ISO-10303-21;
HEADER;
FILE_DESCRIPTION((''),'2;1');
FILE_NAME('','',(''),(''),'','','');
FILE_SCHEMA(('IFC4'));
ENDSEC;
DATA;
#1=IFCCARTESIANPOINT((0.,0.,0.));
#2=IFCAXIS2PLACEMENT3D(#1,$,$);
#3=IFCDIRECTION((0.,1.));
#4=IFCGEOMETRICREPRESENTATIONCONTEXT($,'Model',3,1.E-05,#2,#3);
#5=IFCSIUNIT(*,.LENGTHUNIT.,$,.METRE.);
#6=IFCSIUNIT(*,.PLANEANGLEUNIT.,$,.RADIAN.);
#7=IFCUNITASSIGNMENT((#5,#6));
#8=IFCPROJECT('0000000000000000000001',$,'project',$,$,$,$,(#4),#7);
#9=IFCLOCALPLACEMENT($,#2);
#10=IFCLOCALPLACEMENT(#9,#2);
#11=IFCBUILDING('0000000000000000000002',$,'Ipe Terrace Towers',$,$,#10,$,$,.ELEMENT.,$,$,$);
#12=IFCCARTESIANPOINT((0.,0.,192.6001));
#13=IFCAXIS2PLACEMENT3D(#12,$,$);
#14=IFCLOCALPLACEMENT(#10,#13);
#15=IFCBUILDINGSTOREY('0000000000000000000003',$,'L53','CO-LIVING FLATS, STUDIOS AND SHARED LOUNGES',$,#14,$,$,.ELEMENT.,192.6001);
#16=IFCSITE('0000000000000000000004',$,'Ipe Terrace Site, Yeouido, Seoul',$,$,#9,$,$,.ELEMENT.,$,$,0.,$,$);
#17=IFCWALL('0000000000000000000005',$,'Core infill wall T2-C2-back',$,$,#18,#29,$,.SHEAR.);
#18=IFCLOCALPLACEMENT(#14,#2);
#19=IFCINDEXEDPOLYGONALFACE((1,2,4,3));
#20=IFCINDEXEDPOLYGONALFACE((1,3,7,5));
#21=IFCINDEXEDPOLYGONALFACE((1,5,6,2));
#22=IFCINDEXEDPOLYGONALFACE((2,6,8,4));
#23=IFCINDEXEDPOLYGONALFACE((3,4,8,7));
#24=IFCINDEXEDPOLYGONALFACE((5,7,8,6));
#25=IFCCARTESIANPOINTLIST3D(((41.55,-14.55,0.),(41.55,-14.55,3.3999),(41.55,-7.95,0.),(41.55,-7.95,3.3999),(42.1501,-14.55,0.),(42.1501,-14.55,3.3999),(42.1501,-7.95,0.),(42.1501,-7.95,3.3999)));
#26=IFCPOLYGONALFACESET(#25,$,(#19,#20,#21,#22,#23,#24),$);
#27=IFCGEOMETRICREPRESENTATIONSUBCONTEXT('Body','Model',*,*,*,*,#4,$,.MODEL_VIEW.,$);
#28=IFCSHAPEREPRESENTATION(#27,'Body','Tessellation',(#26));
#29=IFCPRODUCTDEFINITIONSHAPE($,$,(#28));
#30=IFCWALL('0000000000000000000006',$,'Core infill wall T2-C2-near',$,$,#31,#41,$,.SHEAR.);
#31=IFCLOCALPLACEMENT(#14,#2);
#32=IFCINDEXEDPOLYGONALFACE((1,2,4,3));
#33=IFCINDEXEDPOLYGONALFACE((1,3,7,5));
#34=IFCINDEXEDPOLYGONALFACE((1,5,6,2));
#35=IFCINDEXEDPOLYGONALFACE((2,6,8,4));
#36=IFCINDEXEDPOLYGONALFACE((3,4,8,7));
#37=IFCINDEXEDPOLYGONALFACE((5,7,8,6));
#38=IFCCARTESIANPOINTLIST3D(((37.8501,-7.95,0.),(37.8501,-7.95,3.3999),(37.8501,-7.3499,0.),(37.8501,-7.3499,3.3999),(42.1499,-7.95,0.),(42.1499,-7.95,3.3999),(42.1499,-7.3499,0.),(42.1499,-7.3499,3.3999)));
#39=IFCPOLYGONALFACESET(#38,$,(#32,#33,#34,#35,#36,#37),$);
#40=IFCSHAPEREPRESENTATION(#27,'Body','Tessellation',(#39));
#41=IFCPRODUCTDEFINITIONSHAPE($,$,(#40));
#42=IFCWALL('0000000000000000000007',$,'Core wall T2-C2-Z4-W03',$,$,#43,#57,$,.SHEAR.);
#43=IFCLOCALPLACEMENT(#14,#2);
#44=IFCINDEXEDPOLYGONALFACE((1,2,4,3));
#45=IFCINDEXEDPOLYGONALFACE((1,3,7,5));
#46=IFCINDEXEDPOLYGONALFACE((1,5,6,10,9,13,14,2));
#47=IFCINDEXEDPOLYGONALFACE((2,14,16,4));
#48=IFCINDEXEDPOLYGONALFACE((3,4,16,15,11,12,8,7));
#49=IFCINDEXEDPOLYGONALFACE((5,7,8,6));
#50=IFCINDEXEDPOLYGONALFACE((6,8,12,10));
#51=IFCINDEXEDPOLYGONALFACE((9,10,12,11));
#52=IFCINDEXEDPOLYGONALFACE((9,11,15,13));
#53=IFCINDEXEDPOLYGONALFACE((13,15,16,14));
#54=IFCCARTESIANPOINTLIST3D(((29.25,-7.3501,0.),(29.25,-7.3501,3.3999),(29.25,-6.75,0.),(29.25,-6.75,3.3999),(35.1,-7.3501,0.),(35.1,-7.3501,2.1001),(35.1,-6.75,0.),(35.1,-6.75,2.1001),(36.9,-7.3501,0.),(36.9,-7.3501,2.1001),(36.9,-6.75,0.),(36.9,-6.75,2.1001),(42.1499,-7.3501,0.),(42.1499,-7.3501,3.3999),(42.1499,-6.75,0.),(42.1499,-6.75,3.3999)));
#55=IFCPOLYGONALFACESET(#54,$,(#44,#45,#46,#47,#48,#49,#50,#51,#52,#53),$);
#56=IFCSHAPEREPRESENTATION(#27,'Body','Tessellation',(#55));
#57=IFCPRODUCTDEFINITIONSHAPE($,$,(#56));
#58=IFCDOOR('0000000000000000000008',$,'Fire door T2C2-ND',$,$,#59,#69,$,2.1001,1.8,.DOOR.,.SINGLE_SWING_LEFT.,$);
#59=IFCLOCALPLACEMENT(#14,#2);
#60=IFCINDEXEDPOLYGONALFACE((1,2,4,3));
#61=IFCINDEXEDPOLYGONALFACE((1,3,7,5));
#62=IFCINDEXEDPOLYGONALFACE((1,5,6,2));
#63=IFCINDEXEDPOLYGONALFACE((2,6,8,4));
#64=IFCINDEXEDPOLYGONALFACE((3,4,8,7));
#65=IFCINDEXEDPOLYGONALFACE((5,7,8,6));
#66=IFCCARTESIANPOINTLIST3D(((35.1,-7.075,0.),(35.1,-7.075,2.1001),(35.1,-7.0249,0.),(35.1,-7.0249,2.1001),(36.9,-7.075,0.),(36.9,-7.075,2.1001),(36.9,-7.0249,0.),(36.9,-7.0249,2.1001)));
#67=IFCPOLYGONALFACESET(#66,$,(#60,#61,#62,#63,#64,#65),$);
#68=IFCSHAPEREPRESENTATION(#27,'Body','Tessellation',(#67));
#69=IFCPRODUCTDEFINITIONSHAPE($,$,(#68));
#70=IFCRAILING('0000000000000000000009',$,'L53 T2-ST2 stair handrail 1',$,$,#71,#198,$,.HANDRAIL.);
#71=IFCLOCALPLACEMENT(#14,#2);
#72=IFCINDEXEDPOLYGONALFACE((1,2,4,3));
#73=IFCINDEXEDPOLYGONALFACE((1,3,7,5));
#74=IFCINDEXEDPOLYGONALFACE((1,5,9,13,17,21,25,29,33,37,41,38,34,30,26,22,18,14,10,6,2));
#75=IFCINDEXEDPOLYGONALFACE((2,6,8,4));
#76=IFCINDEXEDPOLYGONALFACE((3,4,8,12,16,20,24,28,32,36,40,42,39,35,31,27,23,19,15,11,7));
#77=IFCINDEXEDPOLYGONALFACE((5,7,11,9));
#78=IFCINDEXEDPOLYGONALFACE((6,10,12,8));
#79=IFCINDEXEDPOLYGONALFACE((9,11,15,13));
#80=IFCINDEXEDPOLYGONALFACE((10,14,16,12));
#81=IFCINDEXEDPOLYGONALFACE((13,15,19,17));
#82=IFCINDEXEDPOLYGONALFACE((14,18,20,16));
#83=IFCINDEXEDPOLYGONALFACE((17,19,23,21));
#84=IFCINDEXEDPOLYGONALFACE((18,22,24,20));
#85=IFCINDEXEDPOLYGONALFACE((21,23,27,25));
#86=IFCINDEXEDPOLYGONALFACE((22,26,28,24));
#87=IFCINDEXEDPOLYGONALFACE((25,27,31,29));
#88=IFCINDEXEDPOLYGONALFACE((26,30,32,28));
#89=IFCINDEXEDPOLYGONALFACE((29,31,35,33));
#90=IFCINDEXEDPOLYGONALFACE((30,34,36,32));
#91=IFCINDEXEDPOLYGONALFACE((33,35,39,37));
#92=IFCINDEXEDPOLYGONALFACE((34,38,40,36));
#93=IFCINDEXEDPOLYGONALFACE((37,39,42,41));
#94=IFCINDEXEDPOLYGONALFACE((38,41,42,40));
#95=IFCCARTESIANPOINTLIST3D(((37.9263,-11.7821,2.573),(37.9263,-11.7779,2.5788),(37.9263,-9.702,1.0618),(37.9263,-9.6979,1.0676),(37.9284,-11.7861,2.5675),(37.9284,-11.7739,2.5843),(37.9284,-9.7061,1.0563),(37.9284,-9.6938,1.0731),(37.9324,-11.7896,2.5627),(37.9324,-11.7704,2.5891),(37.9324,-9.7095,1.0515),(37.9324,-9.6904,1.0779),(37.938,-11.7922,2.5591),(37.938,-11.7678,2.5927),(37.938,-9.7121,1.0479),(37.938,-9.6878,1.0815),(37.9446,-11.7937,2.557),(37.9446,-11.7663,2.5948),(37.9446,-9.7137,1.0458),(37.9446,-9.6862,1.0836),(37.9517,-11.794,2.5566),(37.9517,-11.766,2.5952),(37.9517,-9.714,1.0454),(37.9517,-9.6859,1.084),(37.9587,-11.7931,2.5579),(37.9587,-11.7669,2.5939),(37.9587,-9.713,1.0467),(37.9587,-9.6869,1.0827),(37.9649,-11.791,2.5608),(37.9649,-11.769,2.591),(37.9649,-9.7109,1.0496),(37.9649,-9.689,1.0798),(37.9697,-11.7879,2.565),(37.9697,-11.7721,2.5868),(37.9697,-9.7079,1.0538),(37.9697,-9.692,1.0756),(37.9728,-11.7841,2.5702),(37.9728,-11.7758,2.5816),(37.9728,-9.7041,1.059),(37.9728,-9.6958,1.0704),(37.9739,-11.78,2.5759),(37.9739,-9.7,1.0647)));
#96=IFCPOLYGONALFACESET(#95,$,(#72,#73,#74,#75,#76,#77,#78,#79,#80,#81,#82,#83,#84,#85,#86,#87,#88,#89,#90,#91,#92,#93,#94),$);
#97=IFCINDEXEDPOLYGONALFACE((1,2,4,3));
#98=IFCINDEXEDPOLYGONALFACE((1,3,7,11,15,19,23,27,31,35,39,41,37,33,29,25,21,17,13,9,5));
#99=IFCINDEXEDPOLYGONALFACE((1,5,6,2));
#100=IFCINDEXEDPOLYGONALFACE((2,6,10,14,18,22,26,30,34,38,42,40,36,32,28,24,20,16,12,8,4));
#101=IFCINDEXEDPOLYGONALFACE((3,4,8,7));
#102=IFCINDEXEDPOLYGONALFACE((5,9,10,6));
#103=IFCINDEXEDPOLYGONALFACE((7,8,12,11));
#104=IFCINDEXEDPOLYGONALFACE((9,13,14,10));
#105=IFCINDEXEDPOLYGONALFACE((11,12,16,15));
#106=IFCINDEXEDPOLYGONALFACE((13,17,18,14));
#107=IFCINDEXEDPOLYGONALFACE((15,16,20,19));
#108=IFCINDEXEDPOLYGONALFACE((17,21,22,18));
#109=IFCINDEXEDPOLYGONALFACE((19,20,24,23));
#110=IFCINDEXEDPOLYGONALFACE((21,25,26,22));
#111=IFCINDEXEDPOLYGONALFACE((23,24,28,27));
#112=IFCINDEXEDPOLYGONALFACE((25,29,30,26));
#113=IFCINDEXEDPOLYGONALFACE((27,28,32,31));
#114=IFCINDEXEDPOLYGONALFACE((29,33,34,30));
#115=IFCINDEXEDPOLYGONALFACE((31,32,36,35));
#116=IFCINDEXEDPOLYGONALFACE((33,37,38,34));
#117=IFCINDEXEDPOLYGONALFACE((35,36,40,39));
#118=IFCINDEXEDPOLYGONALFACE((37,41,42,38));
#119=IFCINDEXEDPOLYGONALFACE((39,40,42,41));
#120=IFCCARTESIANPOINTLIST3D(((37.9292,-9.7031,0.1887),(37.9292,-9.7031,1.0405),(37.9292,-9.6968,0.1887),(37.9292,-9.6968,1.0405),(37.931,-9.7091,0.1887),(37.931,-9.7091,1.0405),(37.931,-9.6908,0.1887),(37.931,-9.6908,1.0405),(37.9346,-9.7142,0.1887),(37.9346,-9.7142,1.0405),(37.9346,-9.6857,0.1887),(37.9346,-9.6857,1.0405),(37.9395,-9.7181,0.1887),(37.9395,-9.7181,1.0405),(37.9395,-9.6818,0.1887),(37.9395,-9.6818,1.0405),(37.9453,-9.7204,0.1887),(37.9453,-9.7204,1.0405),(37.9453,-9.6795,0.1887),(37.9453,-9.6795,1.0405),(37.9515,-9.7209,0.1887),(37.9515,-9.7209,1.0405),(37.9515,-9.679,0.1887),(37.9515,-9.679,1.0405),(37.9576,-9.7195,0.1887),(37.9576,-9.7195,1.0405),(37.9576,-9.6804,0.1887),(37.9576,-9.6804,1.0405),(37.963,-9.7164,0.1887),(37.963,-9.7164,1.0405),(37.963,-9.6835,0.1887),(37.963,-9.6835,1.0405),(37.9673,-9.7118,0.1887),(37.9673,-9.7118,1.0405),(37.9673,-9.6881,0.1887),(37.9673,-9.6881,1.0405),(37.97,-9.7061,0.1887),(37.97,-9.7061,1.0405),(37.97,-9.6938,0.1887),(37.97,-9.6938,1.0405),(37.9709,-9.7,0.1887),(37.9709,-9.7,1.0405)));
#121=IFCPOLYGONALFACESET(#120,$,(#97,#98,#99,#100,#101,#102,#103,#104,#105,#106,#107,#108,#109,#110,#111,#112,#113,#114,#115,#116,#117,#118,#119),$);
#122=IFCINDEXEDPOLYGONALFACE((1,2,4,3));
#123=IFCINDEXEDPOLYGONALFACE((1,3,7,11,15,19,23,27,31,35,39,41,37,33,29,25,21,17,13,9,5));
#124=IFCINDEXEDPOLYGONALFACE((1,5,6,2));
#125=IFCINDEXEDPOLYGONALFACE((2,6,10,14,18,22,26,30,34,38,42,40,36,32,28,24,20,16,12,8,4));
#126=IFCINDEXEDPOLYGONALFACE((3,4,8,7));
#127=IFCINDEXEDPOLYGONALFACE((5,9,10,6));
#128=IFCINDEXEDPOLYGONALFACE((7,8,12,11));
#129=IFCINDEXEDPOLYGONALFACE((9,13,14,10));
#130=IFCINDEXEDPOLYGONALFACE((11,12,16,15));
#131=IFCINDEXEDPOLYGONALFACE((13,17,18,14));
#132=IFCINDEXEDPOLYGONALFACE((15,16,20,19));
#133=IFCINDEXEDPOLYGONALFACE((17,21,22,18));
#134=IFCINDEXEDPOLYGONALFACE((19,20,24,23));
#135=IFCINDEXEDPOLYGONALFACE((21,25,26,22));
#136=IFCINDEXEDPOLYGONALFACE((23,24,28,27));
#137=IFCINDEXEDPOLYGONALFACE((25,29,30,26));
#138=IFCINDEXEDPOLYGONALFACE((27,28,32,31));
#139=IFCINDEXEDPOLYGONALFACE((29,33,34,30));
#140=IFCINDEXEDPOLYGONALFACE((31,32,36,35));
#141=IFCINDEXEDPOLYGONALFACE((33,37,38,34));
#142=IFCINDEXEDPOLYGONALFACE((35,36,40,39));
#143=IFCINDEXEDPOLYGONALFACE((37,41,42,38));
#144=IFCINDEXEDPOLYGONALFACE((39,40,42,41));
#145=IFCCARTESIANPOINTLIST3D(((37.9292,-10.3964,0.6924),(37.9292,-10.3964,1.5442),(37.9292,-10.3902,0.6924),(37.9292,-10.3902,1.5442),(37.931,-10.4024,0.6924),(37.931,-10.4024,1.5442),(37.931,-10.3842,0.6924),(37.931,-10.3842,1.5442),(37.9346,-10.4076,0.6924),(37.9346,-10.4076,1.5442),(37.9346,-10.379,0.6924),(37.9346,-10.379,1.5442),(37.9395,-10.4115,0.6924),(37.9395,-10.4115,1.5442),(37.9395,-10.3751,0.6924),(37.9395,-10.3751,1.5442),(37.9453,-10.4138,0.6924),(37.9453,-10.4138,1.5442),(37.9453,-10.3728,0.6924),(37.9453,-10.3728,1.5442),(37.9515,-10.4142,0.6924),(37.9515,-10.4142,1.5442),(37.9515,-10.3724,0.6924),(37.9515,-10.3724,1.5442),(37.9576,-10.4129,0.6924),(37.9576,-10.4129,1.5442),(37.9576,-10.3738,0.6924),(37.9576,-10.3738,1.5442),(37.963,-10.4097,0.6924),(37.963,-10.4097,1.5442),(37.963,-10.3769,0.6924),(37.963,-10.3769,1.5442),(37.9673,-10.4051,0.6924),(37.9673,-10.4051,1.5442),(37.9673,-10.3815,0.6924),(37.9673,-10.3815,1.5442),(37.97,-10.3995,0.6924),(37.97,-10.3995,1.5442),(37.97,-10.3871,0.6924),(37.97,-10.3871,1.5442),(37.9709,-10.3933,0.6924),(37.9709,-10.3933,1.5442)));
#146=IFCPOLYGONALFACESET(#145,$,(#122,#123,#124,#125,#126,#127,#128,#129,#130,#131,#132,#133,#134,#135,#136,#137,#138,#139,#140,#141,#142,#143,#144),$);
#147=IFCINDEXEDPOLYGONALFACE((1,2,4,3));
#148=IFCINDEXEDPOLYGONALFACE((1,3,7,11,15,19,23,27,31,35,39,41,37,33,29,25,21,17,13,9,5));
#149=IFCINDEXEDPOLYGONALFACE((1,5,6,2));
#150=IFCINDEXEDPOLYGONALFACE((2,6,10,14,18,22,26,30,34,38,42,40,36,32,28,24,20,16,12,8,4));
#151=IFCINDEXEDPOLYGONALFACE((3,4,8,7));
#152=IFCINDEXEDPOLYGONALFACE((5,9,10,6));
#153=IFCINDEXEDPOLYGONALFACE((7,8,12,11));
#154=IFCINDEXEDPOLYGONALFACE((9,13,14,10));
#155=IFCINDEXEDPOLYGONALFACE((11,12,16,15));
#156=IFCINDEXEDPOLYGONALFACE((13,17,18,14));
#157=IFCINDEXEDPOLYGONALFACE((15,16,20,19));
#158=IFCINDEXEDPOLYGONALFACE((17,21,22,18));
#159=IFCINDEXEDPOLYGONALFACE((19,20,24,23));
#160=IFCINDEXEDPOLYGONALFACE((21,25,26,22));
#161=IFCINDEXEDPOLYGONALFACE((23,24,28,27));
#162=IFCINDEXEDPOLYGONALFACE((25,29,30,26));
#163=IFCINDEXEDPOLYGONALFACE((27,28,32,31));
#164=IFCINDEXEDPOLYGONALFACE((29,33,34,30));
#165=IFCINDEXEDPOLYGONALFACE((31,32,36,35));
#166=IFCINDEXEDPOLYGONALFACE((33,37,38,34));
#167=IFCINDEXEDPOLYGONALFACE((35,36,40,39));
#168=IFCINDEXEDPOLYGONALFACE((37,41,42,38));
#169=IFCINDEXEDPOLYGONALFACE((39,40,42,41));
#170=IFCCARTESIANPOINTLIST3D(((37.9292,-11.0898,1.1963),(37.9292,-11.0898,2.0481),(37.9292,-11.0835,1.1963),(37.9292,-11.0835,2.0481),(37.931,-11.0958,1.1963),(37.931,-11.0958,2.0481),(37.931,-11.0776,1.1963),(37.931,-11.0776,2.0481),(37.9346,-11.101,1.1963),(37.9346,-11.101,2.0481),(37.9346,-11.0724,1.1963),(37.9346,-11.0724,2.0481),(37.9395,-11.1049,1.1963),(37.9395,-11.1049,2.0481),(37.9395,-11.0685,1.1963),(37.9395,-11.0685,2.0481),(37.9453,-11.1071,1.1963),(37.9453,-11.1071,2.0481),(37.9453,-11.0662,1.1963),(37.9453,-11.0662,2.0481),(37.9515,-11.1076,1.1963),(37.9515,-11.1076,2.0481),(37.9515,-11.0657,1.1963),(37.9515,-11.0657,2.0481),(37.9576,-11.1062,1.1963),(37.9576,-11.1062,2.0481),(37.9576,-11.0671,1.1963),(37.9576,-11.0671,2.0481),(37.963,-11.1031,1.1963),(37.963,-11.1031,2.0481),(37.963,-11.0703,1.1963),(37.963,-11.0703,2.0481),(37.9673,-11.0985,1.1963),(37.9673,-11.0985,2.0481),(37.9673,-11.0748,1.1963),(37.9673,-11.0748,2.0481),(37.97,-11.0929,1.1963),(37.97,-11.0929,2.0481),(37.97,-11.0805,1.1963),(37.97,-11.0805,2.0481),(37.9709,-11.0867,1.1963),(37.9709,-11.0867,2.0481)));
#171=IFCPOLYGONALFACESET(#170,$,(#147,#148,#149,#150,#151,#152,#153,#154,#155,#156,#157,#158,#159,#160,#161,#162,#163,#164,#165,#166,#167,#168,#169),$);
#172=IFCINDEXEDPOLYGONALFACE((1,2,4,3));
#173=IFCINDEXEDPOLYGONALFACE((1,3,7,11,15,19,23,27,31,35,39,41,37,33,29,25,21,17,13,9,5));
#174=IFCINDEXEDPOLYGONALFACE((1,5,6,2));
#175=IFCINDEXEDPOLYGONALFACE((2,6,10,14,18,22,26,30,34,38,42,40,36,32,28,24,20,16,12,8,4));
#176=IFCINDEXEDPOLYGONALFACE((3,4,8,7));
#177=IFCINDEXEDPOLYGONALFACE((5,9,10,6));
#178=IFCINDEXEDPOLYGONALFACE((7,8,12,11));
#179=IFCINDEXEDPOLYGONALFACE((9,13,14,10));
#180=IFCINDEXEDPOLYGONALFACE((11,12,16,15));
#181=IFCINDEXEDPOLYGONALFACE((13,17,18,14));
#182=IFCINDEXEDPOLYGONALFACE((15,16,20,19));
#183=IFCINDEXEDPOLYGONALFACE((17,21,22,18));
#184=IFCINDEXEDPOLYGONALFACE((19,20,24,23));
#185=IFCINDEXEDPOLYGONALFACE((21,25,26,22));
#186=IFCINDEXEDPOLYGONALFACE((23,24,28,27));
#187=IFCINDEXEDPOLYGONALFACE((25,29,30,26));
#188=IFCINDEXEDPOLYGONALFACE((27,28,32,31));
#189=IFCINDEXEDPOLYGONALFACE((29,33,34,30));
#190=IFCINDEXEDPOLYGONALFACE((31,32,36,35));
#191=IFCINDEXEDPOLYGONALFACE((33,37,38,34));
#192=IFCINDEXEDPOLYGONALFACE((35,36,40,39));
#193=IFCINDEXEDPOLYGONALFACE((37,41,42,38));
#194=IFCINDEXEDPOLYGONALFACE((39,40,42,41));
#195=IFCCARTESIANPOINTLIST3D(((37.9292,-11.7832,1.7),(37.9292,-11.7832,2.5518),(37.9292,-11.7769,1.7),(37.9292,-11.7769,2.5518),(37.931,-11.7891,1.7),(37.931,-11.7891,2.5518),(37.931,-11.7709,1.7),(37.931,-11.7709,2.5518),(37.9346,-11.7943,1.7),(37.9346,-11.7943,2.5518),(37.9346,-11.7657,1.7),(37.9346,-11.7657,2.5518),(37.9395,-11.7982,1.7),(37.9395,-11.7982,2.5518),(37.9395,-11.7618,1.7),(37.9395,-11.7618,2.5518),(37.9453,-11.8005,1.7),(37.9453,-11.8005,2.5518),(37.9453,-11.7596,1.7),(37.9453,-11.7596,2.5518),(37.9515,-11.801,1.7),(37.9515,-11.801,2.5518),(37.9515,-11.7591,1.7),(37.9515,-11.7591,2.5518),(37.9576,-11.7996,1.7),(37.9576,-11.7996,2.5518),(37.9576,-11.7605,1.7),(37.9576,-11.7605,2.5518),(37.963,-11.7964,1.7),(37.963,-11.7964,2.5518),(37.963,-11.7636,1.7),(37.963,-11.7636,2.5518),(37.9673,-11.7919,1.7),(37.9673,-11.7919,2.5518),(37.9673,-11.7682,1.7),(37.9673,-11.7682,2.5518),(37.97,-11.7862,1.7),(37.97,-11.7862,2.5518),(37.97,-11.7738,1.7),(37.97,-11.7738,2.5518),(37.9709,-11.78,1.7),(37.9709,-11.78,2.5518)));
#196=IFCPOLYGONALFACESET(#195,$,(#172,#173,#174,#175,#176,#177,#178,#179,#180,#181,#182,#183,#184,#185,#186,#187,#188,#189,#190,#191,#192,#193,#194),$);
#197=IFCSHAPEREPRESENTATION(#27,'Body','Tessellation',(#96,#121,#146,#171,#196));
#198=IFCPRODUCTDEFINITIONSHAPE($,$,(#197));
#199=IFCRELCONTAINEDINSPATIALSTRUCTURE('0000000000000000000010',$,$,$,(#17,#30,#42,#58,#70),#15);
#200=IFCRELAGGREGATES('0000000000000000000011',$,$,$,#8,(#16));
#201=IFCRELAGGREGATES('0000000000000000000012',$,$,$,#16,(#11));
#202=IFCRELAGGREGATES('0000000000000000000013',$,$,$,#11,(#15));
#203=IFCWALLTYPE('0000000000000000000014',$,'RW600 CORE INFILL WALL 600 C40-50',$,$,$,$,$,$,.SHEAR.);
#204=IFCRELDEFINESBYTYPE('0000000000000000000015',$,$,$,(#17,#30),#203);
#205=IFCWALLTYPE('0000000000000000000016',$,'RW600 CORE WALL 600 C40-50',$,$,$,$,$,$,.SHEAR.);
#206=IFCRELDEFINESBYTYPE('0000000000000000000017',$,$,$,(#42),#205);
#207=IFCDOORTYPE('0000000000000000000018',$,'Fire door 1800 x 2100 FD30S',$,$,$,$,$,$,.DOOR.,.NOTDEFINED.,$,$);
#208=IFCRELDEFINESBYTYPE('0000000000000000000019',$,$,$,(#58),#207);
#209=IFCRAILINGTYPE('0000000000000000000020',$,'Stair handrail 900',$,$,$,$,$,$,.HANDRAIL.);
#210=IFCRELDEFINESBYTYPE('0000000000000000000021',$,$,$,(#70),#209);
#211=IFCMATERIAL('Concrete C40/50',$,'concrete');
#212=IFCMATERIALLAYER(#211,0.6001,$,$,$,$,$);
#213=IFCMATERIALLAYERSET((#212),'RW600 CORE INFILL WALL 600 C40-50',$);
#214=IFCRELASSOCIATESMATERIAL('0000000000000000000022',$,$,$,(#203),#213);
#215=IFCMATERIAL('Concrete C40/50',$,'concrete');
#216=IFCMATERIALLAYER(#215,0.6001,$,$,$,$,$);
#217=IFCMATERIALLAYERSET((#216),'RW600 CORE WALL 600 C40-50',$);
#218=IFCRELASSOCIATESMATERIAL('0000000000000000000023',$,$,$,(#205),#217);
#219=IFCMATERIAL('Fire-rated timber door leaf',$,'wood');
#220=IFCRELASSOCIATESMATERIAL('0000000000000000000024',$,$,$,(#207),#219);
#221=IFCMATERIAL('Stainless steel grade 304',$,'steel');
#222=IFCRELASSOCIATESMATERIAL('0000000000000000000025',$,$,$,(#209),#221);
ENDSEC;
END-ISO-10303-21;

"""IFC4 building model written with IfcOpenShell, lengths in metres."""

from ifc_helpers import new_model, si_unit, direction, frame, frame_2d, origin, origin_2d, place, context, subcontext, project, spatial, rectangle, circle, extrude, material, layer, layer_set, type_object, element, fill, save


model = new_model("IFC4")

# Units and contexts
model_context = context("Model", 3, precision=1e-05, world=origin(), true_north=direction((0.0, 1.0)))
body_context = subcontext(model_context, "Body", "Model", "MODEL_VIEW")
ifc_project = project(units=[si_unit("LENGTHUNIT", "METRE"), si_unit("PLANEANGLEUNIT", "RADIAN")], contexts=[model_context])

# Site, building, storey
site_placement = place(None, origin())
site = spatial("IfcSite", under=ifc_project, at=site_placement, Name="Ipe Terrace Site, Yeouido, Seoul", CompositionType="ELEMENT", RefElevation=0.0)
building_placement = place(site_placement, origin())
building = spatial("IfcBuilding", under=site, at=building_placement, Name="Ipe Terrace Towers", CompositionType="ELEMENT")
storey_placement = place(building_placement, frame((0.0, 0.0, 192.6001)))
storey = spatial("IfcBuildingStorey", under=building, at=storey_placement, Name="L53", Description="CO-LIVING FLATS, STUDIOS AND SHARED LOUNGES", CompositionType="ELEMENT", Elevation=192.6001)

# Walls
ifc_material_1 = material(Name="Concrete C40/50", Category="concrete")
ifc_layer_1 = layer(ifc_material_1, 0.6001)
ifc_layer_set_1 = layer_set([ifc_layer_1], Name="RW600 CORE INFILL WALL 600 C40-50")
wall_type_1 = type_object("IfcWallType", Name="RW600 CORE INFILL WALL 600 C40-50", PredefinedType="SHEAR", material=ifc_layer_set_1)
wall_1_placement = place(storey_placement, frame((41.8501, -7.95, 0.0), z_axis=(0.0, 0.0, 1.0), x_axis=(0.0, -1.0, 0.0)))
element("IfcWall", 1, at=wall_1_placement, inside=storey, type_object=wall_type_1, Name="Core infill wall T2-C2-back", PredefinedType="SHEAR", context=body_context, shape_type="SweptSolid", body=[
    extrude(rectangle(XDim=6.6001, YDim=0.6001, at=frame_2d((3.3, 0.0))), origin(), (0.0, 0.0, 1.0), 3.3999),
])
wall_2_placement = place(storey_placement, frame((37.8501, -7.6499, 0.0), z_axis=(0.0, 0.0, 1.0), x_axis=(1.0, 0.0, 0.0)))
element("IfcWall", 2, at=wall_2_placement, inside=storey, type_object=wall_type_1, Name="Core infill wall T2-C2-near", PredefinedType="SHEAR", context=body_context, shape_type="SweptSolid", body=[
    extrude(rectangle(XDim=4.2998, YDim=0.6001, at=frame_2d((2.1499, 0.0))), origin(), (0.0, 0.0, 1.0), 3.3999),
])

# Wall, opening, door
ifc_material_2 = material(Name="Concrete C40/50", Category="concrete")
ifc_layer_2 = layer(ifc_material_2, 0.6001)
ifc_layer_set_2 = layer_set([ifc_layer_2], Name="RW600 CORE WALL 600 C40-50")
wall_type_2 = type_object("IfcWallType", Name="RW600 CORE WALL 600 C40-50", PredefinedType="SHEAR", material=ifc_layer_set_2)
wall_3_placement = place(storey_placement, frame((42.1499, -7.05, 0.0), z_axis=(0.0, 0.0, 1.0), x_axis=(-1.0, 0.0, 0.0)))
wall_3 = element("IfcWall", 3, at=wall_3_placement, inside=storey, type_object=wall_type_2, Name="Core wall T2-C2-Z4-W03", PredefinedType="SHEAR", context=body_context, shape_type="SweptSolid", body=[
    extrude(rectangle(XDim=12.8999, YDim=0.6001, at=frame_2d((6.45, 0.0))), origin(), (0.0, 0.0, 1.0), 3.3999),
])
opening_1_placement = place(wall_3_placement, frame((5.25, 0.0, 0.0)))
opening_1 = element("IfcOpeningElement", 4, at=opening_1_placement, cuts=wall_3, PredefinedType="OPENING", context=body_context, shape_type="SweptSolid", body=[
    extrude(rectangle(XDim=1.8, YDim=2.1001, at=frame_2d((0.8999, 1.05))), frame((0.0, 0.3101, 0.0), z_axis=(0.0, -1.0, 0.0), x_axis=(1.0, 0.0, 0.0)), (0.0, 0.0, 1.0), 0.6201),
])
ifc_material_3 = material(Name="Fire-rated timber door leaf", Category="wood")
door_type_1 = type_object("IfcDoorType", Name="Fire door 1800 x 2100 FD30S", OperationType="NOTDEFINED", PredefinedType="DOOR", material=ifc_material_3)
door_1_placement = place(opening_1_placement, origin())
door_1 = element("IfcDoor", 5, at=door_1_placement, inside=storey, type_object=door_type_1, Name="Fire door T2C2-ND", OperationType="SINGLE_SWING_LEFT", OverallHeight=2.1001, OverallWidth=1.8, PredefinedType="DOOR", context=body_context, shape_type="SweptSolid", body=[
    extrude(rectangle(XDim=1.8, YDim=2.1001, at=frame_2d((0.8999, 1.05))), frame((0.0, 0.0249, 0.0), z_axis=(0.0, -1.0, 0.0), x_axis=(1.0, 0.0, 0.0)), (0.0, 0.0, 1.0), 0.05),
])
fill(opening_1, door_1)

# Railing
ifc_material_4 = material(Name="Stainless steel grade 304", Category="steel")
railing_type_1 = type_object("IfcRailingType", Name="Stair handrail 900", PredefinedType="HANDRAIL", material=ifc_material_4)
railing_1_placement = place(storey_placement, frame((37.95, -9.7, 0.1887)))
element("IfcRailing", 6, at=railing_1_placement, inside=storey, type_object=railing_type_1, Name="L53 T2-ST2 stair handrail 1", PredefinedType="HANDRAIL", context=body_context, shape_type="SweptSolid", body=[
    extrude(circle(Radius=0.0239, at=origin_2d()), frame((0.0, 0.0, 0.876), z_axis=(0.0, -0.809023, 0.587776), x_axis=(1.0, 0.0, 0.0)), (0.0, 0.0, 1.0), 2.571),
    extrude(circle(Radius=0.021, at=origin_2d()), origin(), (0.0, 0.0, 1.0), 0.8518),
    extrude(circle(Radius=0.021, at=origin_2d()), frame((0.0, -0.6934, 0.5037)), (0.0, 0.0, 1.0), 0.8518),
    extrude(circle(Radius=0.021, at=origin_2d()), frame((0.0, -1.3867, 1.0076)), (0.0, 0.0, 1.0), 0.8518),
    extrude(circle(Radius=0.021, at=origin_2d()), frame((0.0, -2.0801, 1.5112)), (0.0, 0.0, 1.0), 0.8518),
])

save(model, "model.ifc")
